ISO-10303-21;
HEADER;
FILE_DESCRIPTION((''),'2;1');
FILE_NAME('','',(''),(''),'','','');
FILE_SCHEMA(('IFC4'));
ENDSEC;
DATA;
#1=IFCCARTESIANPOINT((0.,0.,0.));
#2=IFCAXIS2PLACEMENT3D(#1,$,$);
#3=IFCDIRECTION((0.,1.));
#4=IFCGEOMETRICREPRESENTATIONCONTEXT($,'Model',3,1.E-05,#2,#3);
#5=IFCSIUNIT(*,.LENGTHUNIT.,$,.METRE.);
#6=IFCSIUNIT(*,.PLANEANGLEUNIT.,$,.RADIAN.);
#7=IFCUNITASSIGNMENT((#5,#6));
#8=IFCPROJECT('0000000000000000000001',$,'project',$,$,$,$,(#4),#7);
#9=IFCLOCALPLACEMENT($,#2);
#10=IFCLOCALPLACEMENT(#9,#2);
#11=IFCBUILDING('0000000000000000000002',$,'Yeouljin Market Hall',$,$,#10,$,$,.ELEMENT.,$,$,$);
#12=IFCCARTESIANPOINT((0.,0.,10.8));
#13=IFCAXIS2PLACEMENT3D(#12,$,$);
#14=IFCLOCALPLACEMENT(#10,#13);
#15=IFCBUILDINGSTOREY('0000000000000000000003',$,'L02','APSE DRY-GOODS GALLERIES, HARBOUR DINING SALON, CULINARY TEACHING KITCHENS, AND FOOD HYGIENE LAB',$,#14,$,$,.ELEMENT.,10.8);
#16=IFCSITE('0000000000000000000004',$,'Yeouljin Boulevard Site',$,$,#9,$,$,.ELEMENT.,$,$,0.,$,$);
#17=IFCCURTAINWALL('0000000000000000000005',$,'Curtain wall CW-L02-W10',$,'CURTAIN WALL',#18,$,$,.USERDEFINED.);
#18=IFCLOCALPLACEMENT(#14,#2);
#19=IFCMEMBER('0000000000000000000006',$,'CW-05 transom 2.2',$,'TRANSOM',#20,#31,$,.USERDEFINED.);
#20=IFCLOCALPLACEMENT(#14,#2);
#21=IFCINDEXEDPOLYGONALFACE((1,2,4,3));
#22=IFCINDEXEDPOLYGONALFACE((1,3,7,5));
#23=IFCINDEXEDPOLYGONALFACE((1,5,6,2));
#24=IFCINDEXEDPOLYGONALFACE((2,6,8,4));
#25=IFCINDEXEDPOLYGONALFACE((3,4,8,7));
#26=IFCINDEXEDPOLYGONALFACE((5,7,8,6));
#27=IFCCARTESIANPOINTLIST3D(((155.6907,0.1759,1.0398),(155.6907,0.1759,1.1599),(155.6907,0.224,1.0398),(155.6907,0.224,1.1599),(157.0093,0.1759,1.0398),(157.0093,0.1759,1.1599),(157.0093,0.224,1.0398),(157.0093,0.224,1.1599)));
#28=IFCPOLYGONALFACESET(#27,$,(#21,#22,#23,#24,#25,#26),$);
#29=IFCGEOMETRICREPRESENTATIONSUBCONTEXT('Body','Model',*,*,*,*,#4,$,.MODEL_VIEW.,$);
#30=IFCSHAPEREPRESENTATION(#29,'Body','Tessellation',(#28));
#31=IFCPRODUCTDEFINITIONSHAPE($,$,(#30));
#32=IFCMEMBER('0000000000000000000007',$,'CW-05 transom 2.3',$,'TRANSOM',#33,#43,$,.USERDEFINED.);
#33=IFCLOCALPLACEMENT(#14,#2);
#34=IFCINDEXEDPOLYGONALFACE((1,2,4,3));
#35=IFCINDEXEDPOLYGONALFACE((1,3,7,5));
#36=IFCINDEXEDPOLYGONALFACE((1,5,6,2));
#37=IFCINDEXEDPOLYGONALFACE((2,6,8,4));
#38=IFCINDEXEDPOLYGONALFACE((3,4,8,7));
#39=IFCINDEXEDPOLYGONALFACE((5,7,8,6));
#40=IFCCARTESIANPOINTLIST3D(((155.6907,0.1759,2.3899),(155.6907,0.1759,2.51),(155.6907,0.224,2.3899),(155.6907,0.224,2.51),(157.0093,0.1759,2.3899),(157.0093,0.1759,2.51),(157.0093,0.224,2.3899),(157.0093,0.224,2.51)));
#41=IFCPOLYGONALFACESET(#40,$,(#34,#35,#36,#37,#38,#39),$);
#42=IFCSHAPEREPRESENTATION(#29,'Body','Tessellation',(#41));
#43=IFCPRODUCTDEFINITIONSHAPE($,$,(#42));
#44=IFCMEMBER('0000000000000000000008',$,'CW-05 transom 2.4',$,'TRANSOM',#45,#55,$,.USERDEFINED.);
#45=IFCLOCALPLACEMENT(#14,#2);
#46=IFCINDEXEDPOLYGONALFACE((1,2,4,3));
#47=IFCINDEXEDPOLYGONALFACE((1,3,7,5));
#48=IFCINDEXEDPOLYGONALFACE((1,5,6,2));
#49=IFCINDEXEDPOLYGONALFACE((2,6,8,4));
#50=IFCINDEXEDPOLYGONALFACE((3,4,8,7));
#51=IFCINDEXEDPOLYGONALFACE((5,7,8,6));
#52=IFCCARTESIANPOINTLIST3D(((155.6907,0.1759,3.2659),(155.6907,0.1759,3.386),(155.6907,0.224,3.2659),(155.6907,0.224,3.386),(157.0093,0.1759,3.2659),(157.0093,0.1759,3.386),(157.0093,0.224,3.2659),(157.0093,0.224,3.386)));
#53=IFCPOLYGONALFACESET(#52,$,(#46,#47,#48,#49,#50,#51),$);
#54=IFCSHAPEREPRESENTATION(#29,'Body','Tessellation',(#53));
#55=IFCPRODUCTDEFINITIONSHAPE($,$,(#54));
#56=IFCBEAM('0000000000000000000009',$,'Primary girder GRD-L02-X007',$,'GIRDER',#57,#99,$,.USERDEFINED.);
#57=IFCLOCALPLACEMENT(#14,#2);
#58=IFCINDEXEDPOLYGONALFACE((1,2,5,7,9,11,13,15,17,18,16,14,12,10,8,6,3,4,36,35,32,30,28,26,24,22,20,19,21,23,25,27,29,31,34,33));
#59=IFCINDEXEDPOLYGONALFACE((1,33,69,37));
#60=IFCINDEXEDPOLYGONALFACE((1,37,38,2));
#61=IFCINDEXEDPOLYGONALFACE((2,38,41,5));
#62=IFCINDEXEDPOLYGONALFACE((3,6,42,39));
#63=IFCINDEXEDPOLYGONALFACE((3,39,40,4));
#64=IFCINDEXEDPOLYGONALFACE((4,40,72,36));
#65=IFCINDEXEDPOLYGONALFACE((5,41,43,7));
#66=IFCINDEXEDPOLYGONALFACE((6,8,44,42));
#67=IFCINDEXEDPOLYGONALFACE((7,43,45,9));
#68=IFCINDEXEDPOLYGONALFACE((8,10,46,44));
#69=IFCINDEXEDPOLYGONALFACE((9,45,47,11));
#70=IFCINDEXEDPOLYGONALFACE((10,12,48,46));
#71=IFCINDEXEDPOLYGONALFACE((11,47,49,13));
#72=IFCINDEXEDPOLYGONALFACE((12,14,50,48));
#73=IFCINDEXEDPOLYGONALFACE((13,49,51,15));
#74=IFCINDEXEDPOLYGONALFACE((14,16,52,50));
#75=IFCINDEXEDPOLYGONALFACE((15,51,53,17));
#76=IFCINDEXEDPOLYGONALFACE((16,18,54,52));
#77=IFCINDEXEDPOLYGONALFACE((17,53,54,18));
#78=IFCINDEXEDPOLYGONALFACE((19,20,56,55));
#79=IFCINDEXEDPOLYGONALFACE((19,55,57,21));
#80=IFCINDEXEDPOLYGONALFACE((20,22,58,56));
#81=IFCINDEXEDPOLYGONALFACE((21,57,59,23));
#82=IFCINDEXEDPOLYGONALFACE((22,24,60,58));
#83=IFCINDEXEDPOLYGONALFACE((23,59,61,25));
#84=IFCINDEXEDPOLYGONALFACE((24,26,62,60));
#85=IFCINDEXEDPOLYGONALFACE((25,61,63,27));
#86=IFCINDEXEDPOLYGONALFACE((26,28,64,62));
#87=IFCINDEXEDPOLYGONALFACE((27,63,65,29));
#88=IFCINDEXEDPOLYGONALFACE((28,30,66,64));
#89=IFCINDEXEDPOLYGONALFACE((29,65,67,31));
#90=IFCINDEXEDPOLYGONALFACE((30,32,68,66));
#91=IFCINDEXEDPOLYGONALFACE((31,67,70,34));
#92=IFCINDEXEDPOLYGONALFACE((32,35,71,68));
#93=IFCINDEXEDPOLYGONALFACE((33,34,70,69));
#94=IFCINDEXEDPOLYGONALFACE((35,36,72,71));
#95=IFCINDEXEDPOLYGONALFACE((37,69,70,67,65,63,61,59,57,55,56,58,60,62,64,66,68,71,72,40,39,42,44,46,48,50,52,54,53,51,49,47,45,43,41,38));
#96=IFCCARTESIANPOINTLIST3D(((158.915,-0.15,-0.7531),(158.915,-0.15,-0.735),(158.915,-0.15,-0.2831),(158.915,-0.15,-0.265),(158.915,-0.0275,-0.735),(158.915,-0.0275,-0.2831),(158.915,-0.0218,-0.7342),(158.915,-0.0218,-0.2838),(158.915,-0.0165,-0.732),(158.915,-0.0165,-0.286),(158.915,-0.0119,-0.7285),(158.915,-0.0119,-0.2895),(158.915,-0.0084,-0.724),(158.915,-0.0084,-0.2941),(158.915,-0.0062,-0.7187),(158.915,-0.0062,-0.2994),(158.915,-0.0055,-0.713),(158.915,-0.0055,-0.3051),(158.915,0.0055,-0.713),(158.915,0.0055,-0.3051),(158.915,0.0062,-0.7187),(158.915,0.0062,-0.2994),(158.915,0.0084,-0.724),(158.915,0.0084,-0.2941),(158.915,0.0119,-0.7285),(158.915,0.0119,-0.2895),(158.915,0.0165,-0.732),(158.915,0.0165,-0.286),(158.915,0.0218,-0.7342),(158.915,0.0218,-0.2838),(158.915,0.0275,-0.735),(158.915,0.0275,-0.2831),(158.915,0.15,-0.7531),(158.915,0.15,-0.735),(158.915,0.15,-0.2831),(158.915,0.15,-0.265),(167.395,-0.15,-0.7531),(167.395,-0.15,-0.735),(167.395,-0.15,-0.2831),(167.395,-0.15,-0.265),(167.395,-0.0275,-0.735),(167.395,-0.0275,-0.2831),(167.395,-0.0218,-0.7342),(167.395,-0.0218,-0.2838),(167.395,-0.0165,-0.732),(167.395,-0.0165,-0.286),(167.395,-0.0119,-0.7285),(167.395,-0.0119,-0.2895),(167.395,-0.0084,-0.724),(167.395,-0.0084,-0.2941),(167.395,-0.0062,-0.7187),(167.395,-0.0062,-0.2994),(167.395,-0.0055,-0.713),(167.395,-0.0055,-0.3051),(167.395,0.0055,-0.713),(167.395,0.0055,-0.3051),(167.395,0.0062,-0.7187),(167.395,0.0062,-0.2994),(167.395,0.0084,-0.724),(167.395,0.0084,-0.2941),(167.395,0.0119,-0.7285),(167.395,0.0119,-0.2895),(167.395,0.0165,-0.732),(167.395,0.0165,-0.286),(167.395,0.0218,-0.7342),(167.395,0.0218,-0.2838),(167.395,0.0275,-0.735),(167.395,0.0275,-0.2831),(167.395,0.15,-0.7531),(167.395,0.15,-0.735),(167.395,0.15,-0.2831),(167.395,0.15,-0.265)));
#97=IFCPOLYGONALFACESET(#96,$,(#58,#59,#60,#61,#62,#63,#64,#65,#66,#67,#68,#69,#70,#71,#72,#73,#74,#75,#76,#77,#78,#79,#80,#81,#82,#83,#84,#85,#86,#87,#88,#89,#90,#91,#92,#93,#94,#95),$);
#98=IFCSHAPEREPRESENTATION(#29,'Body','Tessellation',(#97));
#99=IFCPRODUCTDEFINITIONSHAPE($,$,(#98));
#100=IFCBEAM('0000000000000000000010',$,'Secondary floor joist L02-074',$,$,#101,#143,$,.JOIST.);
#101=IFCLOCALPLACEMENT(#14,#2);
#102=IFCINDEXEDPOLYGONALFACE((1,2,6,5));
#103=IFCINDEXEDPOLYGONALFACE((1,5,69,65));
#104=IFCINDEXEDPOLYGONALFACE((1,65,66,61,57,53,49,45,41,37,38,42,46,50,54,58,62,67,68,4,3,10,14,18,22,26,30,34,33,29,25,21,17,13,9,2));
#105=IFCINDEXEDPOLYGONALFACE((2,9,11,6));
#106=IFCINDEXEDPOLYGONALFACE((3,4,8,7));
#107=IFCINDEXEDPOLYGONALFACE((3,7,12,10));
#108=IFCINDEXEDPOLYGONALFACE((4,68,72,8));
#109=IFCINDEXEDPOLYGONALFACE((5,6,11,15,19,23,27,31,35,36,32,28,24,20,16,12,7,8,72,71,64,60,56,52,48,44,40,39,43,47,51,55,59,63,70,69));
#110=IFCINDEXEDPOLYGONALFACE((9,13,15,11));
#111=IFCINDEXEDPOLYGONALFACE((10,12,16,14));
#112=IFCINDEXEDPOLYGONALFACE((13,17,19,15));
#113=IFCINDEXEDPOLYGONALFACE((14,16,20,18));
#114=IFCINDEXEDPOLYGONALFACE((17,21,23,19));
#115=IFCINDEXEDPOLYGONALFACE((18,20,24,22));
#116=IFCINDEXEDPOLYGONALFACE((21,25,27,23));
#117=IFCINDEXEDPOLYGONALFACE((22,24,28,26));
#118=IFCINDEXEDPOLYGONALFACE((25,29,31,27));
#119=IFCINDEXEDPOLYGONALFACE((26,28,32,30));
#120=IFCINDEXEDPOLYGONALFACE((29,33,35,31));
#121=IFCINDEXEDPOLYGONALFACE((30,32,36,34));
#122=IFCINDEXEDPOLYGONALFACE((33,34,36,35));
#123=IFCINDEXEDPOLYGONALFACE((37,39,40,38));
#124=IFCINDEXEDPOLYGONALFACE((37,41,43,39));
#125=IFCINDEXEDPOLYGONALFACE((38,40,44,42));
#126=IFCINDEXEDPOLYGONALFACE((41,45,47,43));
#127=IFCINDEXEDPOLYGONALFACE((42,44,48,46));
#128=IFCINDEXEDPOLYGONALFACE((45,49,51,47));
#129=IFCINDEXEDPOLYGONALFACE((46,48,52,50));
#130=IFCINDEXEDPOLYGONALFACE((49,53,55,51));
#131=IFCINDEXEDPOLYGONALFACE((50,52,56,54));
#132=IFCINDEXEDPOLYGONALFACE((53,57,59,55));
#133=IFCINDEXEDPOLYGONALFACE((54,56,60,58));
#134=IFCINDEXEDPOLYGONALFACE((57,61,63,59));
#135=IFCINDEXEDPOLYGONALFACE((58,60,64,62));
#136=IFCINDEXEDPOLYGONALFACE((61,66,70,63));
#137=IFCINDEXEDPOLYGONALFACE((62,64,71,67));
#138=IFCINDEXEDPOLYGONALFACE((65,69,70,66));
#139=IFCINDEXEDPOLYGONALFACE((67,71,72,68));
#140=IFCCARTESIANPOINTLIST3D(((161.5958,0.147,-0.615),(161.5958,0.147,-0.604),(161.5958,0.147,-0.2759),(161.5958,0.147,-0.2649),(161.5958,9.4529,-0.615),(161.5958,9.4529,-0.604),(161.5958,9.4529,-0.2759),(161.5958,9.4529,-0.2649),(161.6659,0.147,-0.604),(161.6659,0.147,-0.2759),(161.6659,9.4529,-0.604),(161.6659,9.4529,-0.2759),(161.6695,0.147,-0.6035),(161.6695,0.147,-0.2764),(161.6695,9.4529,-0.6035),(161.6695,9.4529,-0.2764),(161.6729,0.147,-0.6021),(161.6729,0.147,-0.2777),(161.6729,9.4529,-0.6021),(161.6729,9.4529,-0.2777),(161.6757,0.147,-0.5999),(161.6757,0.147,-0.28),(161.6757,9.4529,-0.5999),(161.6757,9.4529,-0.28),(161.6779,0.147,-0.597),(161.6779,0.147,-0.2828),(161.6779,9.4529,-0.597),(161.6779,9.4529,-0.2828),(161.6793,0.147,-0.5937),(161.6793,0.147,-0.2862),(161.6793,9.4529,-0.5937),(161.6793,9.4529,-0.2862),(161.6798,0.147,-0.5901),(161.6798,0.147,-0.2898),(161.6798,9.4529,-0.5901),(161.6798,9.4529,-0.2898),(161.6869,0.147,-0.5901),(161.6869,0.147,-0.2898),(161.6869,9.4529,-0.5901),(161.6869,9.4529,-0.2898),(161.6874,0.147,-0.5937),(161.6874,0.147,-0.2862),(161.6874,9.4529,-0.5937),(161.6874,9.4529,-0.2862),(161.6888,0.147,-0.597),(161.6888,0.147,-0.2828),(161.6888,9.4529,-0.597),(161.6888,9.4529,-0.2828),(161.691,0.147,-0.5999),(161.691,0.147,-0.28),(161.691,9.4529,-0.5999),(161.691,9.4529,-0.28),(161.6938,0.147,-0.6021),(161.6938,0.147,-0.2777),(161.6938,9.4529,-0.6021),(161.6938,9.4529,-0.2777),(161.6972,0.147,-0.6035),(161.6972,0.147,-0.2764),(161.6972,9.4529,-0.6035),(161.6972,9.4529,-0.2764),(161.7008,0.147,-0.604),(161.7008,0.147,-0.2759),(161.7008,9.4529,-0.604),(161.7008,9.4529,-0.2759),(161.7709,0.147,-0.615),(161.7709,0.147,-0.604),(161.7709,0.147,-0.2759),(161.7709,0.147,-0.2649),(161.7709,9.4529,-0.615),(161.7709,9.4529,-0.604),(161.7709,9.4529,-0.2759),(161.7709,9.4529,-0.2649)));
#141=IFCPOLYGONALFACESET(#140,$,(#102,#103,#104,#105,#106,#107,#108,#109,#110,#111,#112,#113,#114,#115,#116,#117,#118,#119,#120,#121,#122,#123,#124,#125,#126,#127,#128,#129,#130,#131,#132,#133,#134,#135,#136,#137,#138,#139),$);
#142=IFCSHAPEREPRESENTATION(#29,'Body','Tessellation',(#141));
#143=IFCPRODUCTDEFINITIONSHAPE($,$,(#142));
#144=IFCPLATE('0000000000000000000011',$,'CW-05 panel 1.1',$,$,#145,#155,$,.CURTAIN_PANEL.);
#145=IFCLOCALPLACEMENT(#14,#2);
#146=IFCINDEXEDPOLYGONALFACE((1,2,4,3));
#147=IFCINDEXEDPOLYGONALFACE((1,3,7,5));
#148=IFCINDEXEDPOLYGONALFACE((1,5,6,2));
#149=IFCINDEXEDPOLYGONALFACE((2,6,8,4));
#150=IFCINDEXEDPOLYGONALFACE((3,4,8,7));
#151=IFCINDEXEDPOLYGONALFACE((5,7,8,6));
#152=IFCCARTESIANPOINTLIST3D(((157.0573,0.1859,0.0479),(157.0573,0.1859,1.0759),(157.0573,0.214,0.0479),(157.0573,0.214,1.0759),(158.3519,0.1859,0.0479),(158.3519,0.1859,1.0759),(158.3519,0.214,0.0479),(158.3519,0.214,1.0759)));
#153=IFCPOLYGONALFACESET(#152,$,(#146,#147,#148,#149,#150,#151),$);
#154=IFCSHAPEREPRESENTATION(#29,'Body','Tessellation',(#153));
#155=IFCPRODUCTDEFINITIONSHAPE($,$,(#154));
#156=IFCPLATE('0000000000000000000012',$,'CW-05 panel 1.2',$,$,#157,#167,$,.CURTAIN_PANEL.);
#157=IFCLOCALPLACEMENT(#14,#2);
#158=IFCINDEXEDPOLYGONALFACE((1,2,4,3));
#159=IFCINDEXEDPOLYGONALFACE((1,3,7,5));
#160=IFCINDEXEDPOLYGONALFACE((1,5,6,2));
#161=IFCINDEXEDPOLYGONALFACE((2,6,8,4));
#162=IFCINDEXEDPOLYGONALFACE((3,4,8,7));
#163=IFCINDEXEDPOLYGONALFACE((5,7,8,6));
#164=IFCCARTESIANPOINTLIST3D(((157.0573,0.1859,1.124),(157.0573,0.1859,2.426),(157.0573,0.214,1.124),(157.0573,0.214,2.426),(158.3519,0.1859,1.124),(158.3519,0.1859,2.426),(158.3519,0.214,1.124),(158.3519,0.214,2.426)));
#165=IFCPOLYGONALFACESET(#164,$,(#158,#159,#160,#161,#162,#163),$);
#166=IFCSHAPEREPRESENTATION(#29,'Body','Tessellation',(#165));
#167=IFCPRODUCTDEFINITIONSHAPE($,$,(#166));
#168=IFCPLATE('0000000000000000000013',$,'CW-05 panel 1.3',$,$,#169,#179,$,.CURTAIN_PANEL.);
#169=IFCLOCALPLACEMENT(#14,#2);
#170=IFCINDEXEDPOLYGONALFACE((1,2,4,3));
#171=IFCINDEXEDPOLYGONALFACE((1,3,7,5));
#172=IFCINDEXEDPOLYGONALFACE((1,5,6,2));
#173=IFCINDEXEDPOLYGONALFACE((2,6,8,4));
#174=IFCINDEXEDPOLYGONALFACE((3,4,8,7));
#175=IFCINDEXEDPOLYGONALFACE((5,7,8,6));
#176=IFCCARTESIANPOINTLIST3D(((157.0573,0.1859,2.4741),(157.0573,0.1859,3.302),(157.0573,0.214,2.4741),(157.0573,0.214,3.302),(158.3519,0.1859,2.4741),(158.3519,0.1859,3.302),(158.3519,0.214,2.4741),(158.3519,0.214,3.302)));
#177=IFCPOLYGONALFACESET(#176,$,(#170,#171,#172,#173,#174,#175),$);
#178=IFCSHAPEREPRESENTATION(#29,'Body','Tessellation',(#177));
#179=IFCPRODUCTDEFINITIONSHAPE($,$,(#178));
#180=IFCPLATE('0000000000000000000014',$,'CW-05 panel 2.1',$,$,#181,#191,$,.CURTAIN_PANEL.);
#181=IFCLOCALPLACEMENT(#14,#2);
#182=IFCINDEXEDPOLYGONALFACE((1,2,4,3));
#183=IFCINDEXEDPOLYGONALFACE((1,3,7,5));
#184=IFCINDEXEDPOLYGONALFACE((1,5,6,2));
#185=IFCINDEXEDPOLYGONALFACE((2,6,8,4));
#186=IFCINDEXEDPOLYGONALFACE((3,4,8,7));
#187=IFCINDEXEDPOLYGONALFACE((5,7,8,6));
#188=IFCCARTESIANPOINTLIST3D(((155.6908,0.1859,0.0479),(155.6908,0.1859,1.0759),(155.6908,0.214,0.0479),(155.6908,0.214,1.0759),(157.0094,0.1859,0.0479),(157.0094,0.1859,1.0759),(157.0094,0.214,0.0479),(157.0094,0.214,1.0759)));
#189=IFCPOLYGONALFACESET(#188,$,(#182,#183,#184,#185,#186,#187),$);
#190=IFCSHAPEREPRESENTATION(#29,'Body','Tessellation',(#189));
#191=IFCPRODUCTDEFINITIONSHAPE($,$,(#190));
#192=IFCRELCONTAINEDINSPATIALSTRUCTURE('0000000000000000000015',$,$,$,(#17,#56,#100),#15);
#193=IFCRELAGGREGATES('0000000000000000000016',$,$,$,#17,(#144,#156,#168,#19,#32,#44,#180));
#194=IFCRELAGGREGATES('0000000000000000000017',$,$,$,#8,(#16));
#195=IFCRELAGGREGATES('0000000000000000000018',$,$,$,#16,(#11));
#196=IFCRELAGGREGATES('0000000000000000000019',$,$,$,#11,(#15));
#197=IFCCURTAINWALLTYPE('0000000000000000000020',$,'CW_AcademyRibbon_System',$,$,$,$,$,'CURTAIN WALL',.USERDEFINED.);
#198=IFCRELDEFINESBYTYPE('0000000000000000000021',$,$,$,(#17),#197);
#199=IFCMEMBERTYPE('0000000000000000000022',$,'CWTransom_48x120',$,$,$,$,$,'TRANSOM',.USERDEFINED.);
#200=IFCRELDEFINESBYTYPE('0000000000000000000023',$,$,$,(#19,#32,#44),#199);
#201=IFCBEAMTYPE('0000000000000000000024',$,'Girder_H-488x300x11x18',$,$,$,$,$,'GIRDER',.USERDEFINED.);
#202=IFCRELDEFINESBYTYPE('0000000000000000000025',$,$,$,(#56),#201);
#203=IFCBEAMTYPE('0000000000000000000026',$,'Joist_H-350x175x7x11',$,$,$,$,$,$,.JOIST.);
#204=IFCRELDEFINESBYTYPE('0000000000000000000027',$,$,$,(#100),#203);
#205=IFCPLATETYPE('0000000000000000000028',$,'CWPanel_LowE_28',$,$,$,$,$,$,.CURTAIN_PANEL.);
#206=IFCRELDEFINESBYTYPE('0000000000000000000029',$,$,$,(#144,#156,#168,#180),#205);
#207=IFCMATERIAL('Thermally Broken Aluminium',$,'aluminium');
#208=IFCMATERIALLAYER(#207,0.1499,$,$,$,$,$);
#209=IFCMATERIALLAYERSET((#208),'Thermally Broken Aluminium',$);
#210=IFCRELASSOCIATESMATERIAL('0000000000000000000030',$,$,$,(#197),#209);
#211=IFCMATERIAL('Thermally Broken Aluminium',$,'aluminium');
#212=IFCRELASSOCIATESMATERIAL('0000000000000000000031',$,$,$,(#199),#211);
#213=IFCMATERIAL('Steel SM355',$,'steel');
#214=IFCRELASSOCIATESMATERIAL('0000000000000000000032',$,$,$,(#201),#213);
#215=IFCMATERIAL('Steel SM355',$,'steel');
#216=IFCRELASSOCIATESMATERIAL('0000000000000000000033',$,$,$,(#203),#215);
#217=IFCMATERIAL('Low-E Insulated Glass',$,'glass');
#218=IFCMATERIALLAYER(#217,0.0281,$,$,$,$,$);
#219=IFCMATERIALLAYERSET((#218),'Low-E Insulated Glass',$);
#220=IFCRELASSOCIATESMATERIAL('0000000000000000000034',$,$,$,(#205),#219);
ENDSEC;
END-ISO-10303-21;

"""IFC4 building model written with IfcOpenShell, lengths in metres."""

from ifc_helpers import new_model, si_unit, direction, frame, origin, origin_2d, place, context, subcontext, project, spatial, rectangle, i_section, extrude, material, layer, layer_set, material_profile, profile_set, type_object, element, aggregate, save


model = new_model("IFC4")

# Units and contexts
model_context = context("Model", 3, precision=1e-05, world=origin(), true_north=direction((0.0, 1.0)))
body_context = subcontext(model_context, "Body", "Model", "MODEL_VIEW")
ifc_project = project(units=[si_unit("LENGTHUNIT", "METRE"), si_unit("PLANEANGLEUNIT", "RADIAN")], contexts=[model_context])

# Site, building, storey
site_placement = place(None, origin())
site = spatial("IfcSite", under=ifc_project, at=site_placement, Name="Yeouljin Boulevard Site", CompositionType="ELEMENT", RefElevation=0.0)
building_placement = place(site_placement, origin())
building = spatial("IfcBuilding", under=site, at=building_placement, Name="Yeouljin Market Hall", CompositionType="ELEMENT")
storey_placement = place(building_placement, frame((0.0, 0.0, 10.8)))
storey = spatial("IfcBuildingStorey", under=building, at=storey_placement, Name="L02", Description="APSE DRY-GOODS GALLERIES, HARBOUR DINING SALON, CULINARY TEACHING KITCHENS, AND FOOD HYGIENE LAB", CompositionType="ELEMENT", Elevation=10.8)

# Curtain wall, members
ifc_material_1 = material(Name="Thermally Broken Aluminium", Category="aluminium")
ifc_layer_1 = layer(ifc_material_1, 0.1499)
ifc_layer_set_1 = layer_set([ifc_layer_1], Name="Thermally Broken Aluminium")
curtain_wall_type = type_object("IfcCurtainWallType", Name="CW_AcademyRibbon_System", ElementType="CURTAIN WALL", PredefinedType="USERDEFINED", material=ifc_layer_set_1)
curtain_wall_placement = place(storey_placement, origin())
curtain_wall = element("IfcCurtainWall", 1, at=curtain_wall_placement, inside=storey, type_object=curtain_wall_type, Name="Curtain wall CW-L02-W10", ObjectType="CURTAIN WALL", PredefinedType="USERDEFINED")
ifc_material_2 = material(Name="Thermally Broken Aluminium", Category="aluminium")
ifc_material_profile_1 = material_profile(ifc_material_2, rectangle(XDim=0.0481, YDim=0.1201, at=origin_2d()), Name="CW-TRAN-48x120")
ifc_profile_set_1 = profile_set([ifc_material_profile_1], Name="Thermally Broken Aluminium")
member_type_1 = type_object("IfcMemberType", Name="CWTransom_48x120", ElementType="TRANSOM", PredefinedType="USERDEFINED", material=ifc_profile_set_1)
member_1_placement = place(storey_placement, frame((157.0093, 0.2, 1.0999), z_axis=(-1.0, 0.0, 0.0), x_axis=(0.0, -1.0, 0.0)))
member_1 = element("IfcMember", 2, at=member_1_placement, type_object=member_type_1, Name="CW-05 transom 2.2", ObjectType="TRANSOM", PredefinedType="USERDEFINED", context=body_context, shape_type="SweptSolid", body=[
    extrude(rectangle(XDim=0.0481, YDim=0.1201, at=origin_2d()), origin(), (0.0, 0.0, 1.0), 1.3186),
])
member_2_placement = place(storey_placement, frame((157.0093, 0.2, 2.45), z_axis=(-1.0, 0.0, 0.0), x_axis=(0.0, -1.0, 0.0)))
member_2 = element("IfcMember", 3, at=member_2_placement, type_object=member_type_1, Name="CW-05 transom 2.3", ObjectType="TRANSOM", PredefinedType="USERDEFINED", context=body_context, shape_type="SweptSolid", body=[
    extrude(rectangle(XDim=0.0481, YDim=0.1201, at=origin_2d()), origin(), (0.0, 0.0, 1.0), 1.3186),
])
member_3_placement = place(storey_placement, frame((157.0093, 0.2, 3.3259), z_axis=(-1.0, 0.0, 0.0), x_axis=(0.0, -1.0, 0.0)))
member_3 = element("IfcMember", 4, at=member_3_placement, type_object=member_type_1, Name="CW-05 transom 2.4", ObjectType="TRANSOM", PredefinedType="USERDEFINED", context=body_context, shape_type="SweptSolid", body=[
    extrude(rectangle(XDim=0.0481, YDim=0.1201, at=origin_2d()), origin(), (0.0, 0.0, 1.0), 1.3186),
])

# Beams
ifc_material_3 = material(Name="Steel SM355", Category="steel")
ifc_material_profile_2 = material_profile(ifc_material_3, i_section(OverallWidth=0.3, OverallDepth=0.488, WebThickness=0.011, FlangeThickness=0.0181, FilletRadius=0.022, at=origin_2d()), Name="H-488x300x11x18")
ifc_profile_set_2 = profile_set([ifc_material_profile_2], Name="Steel SM355")
beam_type_1 = type_object("IfcBeamType", Name="Girder_H-488x300x11x18", ElementType="GIRDER", PredefinedType="USERDEFINED", material=ifc_profile_set_2)
beam_1_placement = place(storey_placement, frame((158.915, 0.0, -0.509), z_axis=(1.0, 0.0, 0.0), x_axis=(0.0, 1.0, 0.0)))
element("IfcBeam", 5, at=beam_1_placement, inside=storey, type_object=beam_type_1, Name="Primary girder GRD-L02-X007", ObjectType="GIRDER", PredefinedType="USERDEFINED", context=body_context, shape_type="SweptSolid", body=[
    extrude(i_section(OverallWidth=0.3, OverallDepth=0.488, WebThickness=0.011, FlangeThickness=0.0181, FilletRadius=0.022, at=origin_2d()), origin(), (0.0, 0.0, 1.0), 8.48),
])
ifc_material_4 = material(Name="Steel SM355", Category="steel")
ifc_material_profile_3 = material_profile(ifc_material_4, i_section(OverallWidth=0.175, OverallDepth=0.3501, WebThickness=0.0071, FlangeThickness=0.011, FilletRadius=0.0139, at=origin_2d()), Name="H-350x175x7x11")
ifc_profile_set_3 = profile_set([ifc_material_profile_3], Name="Steel SM355")
beam_type_2 = type_object("IfcBeamType", Name="Joist_H-350x175x7x11", PredefinedType="JOIST", material=ifc_profile_set_3)
beam_2_placement = place(storey_placement, frame((161.6833, 0.147, -0.4399), z_axis=(0.0, 1.0, 0.0), x_axis=(-1.0, 0.0, 0.0)))
element("IfcBeam", 6, at=beam_2_placement, inside=storey, type_object=beam_type_2, Name="Secondary floor joist L02-074", PredefinedType="JOIST", context=body_context, shape_type="SweptSolid", body=[
    extrude(i_section(OverallWidth=0.175, OverallDepth=0.3501, WebThickness=0.0071, FlangeThickness=0.011, FilletRadius=0.0139, at=origin_2d()), origin(), (0.0, 0.0, 1.0), 9.3059),
])

# Plates
ifc_material_5 = material(Name="Low-E Insulated Glass", Category="glass")
ifc_layer_2 = layer(ifc_material_5, 0.0281)
ifc_layer_set_2 = layer_set([ifc_layer_2], Name="Low-E Insulated Glass")
plate_type = type_object("IfcPlateType", Name="CWPanel_LowE_28", PredefinedType="CURTAIN_PANEL", material=ifc_layer_set_2)
plate_1_placement = place(storey_placement, frame((157.7046, 0.2, 0.0479), z_axis=(0.0, 0.0, 1.0), x_axis=(-1.0, 0.0, 0.0)))
plate_1 = element("IfcPlate", 7, at=plate_1_placement, type_object=plate_type, Name="CW-05 panel 1.1", PredefinedType="CURTAIN_PANEL", context=body_context, shape_type="SweptSolid", body=[
    extrude(rectangle(XDim=1.2947, YDim=0.0281, at=origin_2d()), origin(), (0.0, 0.0, 1.0), 1.0281),
])
plate_2_placement = place(storey_placement, frame((157.7046, 0.2, 1.124), z_axis=(0.0, 0.0, 1.0), x_axis=(-1.0, 0.0, 0.0)))
plate_2 = element("IfcPlate", 8, at=plate_2_placement, type_object=plate_type, Name="CW-05 panel 1.2", PredefinedType="CURTAIN_PANEL", context=body_context, shape_type="SweptSolid", body=[
    extrude(rectangle(XDim=1.2947, YDim=0.0281, at=origin_2d()), origin(), (0.0, 0.0, 1.0), 1.302),
])
plate_3_placement = place(storey_placement, frame((157.7046, 0.2, 2.4741), z_axis=(0.0, 0.0, 1.0), x_axis=(-1.0, 0.0, 0.0)))
plate_3 = element("IfcPlate", 9, at=plate_3_placement, type_object=plate_type, Name="CW-05 panel 1.3", PredefinedType="CURTAIN_PANEL", context=body_context, shape_type="SweptSolid", body=[
    extrude(rectangle(XDim=1.2947, YDim=0.0281, at=origin_2d()), origin(), (0.0, 0.0, 1.0), 0.8279),
])
plate_4_placement = place(storey_placement, frame((156.3501, 0.2, 0.0479), z_axis=(0.0, 0.0, 1.0), x_axis=(-1.0, 0.0, 0.0)))
plate_4 = element("IfcPlate", 10, at=plate_4_placement, type_object=plate_type, Name="CW-05 panel 2.1", PredefinedType="CURTAIN_PANEL", context=body_context, shape_type="SweptSolid", body=[
    extrude(rectangle(XDim=1.3186, YDim=0.0281, at=origin_2d()), origin(), (0.0, 0.0, 1.0), 1.0281),
])
aggregate(curtain_wall, [plate_1, plate_2, plate_3, member_1, member_2, member_3, plate_4])

save(model, "model.ifc")
